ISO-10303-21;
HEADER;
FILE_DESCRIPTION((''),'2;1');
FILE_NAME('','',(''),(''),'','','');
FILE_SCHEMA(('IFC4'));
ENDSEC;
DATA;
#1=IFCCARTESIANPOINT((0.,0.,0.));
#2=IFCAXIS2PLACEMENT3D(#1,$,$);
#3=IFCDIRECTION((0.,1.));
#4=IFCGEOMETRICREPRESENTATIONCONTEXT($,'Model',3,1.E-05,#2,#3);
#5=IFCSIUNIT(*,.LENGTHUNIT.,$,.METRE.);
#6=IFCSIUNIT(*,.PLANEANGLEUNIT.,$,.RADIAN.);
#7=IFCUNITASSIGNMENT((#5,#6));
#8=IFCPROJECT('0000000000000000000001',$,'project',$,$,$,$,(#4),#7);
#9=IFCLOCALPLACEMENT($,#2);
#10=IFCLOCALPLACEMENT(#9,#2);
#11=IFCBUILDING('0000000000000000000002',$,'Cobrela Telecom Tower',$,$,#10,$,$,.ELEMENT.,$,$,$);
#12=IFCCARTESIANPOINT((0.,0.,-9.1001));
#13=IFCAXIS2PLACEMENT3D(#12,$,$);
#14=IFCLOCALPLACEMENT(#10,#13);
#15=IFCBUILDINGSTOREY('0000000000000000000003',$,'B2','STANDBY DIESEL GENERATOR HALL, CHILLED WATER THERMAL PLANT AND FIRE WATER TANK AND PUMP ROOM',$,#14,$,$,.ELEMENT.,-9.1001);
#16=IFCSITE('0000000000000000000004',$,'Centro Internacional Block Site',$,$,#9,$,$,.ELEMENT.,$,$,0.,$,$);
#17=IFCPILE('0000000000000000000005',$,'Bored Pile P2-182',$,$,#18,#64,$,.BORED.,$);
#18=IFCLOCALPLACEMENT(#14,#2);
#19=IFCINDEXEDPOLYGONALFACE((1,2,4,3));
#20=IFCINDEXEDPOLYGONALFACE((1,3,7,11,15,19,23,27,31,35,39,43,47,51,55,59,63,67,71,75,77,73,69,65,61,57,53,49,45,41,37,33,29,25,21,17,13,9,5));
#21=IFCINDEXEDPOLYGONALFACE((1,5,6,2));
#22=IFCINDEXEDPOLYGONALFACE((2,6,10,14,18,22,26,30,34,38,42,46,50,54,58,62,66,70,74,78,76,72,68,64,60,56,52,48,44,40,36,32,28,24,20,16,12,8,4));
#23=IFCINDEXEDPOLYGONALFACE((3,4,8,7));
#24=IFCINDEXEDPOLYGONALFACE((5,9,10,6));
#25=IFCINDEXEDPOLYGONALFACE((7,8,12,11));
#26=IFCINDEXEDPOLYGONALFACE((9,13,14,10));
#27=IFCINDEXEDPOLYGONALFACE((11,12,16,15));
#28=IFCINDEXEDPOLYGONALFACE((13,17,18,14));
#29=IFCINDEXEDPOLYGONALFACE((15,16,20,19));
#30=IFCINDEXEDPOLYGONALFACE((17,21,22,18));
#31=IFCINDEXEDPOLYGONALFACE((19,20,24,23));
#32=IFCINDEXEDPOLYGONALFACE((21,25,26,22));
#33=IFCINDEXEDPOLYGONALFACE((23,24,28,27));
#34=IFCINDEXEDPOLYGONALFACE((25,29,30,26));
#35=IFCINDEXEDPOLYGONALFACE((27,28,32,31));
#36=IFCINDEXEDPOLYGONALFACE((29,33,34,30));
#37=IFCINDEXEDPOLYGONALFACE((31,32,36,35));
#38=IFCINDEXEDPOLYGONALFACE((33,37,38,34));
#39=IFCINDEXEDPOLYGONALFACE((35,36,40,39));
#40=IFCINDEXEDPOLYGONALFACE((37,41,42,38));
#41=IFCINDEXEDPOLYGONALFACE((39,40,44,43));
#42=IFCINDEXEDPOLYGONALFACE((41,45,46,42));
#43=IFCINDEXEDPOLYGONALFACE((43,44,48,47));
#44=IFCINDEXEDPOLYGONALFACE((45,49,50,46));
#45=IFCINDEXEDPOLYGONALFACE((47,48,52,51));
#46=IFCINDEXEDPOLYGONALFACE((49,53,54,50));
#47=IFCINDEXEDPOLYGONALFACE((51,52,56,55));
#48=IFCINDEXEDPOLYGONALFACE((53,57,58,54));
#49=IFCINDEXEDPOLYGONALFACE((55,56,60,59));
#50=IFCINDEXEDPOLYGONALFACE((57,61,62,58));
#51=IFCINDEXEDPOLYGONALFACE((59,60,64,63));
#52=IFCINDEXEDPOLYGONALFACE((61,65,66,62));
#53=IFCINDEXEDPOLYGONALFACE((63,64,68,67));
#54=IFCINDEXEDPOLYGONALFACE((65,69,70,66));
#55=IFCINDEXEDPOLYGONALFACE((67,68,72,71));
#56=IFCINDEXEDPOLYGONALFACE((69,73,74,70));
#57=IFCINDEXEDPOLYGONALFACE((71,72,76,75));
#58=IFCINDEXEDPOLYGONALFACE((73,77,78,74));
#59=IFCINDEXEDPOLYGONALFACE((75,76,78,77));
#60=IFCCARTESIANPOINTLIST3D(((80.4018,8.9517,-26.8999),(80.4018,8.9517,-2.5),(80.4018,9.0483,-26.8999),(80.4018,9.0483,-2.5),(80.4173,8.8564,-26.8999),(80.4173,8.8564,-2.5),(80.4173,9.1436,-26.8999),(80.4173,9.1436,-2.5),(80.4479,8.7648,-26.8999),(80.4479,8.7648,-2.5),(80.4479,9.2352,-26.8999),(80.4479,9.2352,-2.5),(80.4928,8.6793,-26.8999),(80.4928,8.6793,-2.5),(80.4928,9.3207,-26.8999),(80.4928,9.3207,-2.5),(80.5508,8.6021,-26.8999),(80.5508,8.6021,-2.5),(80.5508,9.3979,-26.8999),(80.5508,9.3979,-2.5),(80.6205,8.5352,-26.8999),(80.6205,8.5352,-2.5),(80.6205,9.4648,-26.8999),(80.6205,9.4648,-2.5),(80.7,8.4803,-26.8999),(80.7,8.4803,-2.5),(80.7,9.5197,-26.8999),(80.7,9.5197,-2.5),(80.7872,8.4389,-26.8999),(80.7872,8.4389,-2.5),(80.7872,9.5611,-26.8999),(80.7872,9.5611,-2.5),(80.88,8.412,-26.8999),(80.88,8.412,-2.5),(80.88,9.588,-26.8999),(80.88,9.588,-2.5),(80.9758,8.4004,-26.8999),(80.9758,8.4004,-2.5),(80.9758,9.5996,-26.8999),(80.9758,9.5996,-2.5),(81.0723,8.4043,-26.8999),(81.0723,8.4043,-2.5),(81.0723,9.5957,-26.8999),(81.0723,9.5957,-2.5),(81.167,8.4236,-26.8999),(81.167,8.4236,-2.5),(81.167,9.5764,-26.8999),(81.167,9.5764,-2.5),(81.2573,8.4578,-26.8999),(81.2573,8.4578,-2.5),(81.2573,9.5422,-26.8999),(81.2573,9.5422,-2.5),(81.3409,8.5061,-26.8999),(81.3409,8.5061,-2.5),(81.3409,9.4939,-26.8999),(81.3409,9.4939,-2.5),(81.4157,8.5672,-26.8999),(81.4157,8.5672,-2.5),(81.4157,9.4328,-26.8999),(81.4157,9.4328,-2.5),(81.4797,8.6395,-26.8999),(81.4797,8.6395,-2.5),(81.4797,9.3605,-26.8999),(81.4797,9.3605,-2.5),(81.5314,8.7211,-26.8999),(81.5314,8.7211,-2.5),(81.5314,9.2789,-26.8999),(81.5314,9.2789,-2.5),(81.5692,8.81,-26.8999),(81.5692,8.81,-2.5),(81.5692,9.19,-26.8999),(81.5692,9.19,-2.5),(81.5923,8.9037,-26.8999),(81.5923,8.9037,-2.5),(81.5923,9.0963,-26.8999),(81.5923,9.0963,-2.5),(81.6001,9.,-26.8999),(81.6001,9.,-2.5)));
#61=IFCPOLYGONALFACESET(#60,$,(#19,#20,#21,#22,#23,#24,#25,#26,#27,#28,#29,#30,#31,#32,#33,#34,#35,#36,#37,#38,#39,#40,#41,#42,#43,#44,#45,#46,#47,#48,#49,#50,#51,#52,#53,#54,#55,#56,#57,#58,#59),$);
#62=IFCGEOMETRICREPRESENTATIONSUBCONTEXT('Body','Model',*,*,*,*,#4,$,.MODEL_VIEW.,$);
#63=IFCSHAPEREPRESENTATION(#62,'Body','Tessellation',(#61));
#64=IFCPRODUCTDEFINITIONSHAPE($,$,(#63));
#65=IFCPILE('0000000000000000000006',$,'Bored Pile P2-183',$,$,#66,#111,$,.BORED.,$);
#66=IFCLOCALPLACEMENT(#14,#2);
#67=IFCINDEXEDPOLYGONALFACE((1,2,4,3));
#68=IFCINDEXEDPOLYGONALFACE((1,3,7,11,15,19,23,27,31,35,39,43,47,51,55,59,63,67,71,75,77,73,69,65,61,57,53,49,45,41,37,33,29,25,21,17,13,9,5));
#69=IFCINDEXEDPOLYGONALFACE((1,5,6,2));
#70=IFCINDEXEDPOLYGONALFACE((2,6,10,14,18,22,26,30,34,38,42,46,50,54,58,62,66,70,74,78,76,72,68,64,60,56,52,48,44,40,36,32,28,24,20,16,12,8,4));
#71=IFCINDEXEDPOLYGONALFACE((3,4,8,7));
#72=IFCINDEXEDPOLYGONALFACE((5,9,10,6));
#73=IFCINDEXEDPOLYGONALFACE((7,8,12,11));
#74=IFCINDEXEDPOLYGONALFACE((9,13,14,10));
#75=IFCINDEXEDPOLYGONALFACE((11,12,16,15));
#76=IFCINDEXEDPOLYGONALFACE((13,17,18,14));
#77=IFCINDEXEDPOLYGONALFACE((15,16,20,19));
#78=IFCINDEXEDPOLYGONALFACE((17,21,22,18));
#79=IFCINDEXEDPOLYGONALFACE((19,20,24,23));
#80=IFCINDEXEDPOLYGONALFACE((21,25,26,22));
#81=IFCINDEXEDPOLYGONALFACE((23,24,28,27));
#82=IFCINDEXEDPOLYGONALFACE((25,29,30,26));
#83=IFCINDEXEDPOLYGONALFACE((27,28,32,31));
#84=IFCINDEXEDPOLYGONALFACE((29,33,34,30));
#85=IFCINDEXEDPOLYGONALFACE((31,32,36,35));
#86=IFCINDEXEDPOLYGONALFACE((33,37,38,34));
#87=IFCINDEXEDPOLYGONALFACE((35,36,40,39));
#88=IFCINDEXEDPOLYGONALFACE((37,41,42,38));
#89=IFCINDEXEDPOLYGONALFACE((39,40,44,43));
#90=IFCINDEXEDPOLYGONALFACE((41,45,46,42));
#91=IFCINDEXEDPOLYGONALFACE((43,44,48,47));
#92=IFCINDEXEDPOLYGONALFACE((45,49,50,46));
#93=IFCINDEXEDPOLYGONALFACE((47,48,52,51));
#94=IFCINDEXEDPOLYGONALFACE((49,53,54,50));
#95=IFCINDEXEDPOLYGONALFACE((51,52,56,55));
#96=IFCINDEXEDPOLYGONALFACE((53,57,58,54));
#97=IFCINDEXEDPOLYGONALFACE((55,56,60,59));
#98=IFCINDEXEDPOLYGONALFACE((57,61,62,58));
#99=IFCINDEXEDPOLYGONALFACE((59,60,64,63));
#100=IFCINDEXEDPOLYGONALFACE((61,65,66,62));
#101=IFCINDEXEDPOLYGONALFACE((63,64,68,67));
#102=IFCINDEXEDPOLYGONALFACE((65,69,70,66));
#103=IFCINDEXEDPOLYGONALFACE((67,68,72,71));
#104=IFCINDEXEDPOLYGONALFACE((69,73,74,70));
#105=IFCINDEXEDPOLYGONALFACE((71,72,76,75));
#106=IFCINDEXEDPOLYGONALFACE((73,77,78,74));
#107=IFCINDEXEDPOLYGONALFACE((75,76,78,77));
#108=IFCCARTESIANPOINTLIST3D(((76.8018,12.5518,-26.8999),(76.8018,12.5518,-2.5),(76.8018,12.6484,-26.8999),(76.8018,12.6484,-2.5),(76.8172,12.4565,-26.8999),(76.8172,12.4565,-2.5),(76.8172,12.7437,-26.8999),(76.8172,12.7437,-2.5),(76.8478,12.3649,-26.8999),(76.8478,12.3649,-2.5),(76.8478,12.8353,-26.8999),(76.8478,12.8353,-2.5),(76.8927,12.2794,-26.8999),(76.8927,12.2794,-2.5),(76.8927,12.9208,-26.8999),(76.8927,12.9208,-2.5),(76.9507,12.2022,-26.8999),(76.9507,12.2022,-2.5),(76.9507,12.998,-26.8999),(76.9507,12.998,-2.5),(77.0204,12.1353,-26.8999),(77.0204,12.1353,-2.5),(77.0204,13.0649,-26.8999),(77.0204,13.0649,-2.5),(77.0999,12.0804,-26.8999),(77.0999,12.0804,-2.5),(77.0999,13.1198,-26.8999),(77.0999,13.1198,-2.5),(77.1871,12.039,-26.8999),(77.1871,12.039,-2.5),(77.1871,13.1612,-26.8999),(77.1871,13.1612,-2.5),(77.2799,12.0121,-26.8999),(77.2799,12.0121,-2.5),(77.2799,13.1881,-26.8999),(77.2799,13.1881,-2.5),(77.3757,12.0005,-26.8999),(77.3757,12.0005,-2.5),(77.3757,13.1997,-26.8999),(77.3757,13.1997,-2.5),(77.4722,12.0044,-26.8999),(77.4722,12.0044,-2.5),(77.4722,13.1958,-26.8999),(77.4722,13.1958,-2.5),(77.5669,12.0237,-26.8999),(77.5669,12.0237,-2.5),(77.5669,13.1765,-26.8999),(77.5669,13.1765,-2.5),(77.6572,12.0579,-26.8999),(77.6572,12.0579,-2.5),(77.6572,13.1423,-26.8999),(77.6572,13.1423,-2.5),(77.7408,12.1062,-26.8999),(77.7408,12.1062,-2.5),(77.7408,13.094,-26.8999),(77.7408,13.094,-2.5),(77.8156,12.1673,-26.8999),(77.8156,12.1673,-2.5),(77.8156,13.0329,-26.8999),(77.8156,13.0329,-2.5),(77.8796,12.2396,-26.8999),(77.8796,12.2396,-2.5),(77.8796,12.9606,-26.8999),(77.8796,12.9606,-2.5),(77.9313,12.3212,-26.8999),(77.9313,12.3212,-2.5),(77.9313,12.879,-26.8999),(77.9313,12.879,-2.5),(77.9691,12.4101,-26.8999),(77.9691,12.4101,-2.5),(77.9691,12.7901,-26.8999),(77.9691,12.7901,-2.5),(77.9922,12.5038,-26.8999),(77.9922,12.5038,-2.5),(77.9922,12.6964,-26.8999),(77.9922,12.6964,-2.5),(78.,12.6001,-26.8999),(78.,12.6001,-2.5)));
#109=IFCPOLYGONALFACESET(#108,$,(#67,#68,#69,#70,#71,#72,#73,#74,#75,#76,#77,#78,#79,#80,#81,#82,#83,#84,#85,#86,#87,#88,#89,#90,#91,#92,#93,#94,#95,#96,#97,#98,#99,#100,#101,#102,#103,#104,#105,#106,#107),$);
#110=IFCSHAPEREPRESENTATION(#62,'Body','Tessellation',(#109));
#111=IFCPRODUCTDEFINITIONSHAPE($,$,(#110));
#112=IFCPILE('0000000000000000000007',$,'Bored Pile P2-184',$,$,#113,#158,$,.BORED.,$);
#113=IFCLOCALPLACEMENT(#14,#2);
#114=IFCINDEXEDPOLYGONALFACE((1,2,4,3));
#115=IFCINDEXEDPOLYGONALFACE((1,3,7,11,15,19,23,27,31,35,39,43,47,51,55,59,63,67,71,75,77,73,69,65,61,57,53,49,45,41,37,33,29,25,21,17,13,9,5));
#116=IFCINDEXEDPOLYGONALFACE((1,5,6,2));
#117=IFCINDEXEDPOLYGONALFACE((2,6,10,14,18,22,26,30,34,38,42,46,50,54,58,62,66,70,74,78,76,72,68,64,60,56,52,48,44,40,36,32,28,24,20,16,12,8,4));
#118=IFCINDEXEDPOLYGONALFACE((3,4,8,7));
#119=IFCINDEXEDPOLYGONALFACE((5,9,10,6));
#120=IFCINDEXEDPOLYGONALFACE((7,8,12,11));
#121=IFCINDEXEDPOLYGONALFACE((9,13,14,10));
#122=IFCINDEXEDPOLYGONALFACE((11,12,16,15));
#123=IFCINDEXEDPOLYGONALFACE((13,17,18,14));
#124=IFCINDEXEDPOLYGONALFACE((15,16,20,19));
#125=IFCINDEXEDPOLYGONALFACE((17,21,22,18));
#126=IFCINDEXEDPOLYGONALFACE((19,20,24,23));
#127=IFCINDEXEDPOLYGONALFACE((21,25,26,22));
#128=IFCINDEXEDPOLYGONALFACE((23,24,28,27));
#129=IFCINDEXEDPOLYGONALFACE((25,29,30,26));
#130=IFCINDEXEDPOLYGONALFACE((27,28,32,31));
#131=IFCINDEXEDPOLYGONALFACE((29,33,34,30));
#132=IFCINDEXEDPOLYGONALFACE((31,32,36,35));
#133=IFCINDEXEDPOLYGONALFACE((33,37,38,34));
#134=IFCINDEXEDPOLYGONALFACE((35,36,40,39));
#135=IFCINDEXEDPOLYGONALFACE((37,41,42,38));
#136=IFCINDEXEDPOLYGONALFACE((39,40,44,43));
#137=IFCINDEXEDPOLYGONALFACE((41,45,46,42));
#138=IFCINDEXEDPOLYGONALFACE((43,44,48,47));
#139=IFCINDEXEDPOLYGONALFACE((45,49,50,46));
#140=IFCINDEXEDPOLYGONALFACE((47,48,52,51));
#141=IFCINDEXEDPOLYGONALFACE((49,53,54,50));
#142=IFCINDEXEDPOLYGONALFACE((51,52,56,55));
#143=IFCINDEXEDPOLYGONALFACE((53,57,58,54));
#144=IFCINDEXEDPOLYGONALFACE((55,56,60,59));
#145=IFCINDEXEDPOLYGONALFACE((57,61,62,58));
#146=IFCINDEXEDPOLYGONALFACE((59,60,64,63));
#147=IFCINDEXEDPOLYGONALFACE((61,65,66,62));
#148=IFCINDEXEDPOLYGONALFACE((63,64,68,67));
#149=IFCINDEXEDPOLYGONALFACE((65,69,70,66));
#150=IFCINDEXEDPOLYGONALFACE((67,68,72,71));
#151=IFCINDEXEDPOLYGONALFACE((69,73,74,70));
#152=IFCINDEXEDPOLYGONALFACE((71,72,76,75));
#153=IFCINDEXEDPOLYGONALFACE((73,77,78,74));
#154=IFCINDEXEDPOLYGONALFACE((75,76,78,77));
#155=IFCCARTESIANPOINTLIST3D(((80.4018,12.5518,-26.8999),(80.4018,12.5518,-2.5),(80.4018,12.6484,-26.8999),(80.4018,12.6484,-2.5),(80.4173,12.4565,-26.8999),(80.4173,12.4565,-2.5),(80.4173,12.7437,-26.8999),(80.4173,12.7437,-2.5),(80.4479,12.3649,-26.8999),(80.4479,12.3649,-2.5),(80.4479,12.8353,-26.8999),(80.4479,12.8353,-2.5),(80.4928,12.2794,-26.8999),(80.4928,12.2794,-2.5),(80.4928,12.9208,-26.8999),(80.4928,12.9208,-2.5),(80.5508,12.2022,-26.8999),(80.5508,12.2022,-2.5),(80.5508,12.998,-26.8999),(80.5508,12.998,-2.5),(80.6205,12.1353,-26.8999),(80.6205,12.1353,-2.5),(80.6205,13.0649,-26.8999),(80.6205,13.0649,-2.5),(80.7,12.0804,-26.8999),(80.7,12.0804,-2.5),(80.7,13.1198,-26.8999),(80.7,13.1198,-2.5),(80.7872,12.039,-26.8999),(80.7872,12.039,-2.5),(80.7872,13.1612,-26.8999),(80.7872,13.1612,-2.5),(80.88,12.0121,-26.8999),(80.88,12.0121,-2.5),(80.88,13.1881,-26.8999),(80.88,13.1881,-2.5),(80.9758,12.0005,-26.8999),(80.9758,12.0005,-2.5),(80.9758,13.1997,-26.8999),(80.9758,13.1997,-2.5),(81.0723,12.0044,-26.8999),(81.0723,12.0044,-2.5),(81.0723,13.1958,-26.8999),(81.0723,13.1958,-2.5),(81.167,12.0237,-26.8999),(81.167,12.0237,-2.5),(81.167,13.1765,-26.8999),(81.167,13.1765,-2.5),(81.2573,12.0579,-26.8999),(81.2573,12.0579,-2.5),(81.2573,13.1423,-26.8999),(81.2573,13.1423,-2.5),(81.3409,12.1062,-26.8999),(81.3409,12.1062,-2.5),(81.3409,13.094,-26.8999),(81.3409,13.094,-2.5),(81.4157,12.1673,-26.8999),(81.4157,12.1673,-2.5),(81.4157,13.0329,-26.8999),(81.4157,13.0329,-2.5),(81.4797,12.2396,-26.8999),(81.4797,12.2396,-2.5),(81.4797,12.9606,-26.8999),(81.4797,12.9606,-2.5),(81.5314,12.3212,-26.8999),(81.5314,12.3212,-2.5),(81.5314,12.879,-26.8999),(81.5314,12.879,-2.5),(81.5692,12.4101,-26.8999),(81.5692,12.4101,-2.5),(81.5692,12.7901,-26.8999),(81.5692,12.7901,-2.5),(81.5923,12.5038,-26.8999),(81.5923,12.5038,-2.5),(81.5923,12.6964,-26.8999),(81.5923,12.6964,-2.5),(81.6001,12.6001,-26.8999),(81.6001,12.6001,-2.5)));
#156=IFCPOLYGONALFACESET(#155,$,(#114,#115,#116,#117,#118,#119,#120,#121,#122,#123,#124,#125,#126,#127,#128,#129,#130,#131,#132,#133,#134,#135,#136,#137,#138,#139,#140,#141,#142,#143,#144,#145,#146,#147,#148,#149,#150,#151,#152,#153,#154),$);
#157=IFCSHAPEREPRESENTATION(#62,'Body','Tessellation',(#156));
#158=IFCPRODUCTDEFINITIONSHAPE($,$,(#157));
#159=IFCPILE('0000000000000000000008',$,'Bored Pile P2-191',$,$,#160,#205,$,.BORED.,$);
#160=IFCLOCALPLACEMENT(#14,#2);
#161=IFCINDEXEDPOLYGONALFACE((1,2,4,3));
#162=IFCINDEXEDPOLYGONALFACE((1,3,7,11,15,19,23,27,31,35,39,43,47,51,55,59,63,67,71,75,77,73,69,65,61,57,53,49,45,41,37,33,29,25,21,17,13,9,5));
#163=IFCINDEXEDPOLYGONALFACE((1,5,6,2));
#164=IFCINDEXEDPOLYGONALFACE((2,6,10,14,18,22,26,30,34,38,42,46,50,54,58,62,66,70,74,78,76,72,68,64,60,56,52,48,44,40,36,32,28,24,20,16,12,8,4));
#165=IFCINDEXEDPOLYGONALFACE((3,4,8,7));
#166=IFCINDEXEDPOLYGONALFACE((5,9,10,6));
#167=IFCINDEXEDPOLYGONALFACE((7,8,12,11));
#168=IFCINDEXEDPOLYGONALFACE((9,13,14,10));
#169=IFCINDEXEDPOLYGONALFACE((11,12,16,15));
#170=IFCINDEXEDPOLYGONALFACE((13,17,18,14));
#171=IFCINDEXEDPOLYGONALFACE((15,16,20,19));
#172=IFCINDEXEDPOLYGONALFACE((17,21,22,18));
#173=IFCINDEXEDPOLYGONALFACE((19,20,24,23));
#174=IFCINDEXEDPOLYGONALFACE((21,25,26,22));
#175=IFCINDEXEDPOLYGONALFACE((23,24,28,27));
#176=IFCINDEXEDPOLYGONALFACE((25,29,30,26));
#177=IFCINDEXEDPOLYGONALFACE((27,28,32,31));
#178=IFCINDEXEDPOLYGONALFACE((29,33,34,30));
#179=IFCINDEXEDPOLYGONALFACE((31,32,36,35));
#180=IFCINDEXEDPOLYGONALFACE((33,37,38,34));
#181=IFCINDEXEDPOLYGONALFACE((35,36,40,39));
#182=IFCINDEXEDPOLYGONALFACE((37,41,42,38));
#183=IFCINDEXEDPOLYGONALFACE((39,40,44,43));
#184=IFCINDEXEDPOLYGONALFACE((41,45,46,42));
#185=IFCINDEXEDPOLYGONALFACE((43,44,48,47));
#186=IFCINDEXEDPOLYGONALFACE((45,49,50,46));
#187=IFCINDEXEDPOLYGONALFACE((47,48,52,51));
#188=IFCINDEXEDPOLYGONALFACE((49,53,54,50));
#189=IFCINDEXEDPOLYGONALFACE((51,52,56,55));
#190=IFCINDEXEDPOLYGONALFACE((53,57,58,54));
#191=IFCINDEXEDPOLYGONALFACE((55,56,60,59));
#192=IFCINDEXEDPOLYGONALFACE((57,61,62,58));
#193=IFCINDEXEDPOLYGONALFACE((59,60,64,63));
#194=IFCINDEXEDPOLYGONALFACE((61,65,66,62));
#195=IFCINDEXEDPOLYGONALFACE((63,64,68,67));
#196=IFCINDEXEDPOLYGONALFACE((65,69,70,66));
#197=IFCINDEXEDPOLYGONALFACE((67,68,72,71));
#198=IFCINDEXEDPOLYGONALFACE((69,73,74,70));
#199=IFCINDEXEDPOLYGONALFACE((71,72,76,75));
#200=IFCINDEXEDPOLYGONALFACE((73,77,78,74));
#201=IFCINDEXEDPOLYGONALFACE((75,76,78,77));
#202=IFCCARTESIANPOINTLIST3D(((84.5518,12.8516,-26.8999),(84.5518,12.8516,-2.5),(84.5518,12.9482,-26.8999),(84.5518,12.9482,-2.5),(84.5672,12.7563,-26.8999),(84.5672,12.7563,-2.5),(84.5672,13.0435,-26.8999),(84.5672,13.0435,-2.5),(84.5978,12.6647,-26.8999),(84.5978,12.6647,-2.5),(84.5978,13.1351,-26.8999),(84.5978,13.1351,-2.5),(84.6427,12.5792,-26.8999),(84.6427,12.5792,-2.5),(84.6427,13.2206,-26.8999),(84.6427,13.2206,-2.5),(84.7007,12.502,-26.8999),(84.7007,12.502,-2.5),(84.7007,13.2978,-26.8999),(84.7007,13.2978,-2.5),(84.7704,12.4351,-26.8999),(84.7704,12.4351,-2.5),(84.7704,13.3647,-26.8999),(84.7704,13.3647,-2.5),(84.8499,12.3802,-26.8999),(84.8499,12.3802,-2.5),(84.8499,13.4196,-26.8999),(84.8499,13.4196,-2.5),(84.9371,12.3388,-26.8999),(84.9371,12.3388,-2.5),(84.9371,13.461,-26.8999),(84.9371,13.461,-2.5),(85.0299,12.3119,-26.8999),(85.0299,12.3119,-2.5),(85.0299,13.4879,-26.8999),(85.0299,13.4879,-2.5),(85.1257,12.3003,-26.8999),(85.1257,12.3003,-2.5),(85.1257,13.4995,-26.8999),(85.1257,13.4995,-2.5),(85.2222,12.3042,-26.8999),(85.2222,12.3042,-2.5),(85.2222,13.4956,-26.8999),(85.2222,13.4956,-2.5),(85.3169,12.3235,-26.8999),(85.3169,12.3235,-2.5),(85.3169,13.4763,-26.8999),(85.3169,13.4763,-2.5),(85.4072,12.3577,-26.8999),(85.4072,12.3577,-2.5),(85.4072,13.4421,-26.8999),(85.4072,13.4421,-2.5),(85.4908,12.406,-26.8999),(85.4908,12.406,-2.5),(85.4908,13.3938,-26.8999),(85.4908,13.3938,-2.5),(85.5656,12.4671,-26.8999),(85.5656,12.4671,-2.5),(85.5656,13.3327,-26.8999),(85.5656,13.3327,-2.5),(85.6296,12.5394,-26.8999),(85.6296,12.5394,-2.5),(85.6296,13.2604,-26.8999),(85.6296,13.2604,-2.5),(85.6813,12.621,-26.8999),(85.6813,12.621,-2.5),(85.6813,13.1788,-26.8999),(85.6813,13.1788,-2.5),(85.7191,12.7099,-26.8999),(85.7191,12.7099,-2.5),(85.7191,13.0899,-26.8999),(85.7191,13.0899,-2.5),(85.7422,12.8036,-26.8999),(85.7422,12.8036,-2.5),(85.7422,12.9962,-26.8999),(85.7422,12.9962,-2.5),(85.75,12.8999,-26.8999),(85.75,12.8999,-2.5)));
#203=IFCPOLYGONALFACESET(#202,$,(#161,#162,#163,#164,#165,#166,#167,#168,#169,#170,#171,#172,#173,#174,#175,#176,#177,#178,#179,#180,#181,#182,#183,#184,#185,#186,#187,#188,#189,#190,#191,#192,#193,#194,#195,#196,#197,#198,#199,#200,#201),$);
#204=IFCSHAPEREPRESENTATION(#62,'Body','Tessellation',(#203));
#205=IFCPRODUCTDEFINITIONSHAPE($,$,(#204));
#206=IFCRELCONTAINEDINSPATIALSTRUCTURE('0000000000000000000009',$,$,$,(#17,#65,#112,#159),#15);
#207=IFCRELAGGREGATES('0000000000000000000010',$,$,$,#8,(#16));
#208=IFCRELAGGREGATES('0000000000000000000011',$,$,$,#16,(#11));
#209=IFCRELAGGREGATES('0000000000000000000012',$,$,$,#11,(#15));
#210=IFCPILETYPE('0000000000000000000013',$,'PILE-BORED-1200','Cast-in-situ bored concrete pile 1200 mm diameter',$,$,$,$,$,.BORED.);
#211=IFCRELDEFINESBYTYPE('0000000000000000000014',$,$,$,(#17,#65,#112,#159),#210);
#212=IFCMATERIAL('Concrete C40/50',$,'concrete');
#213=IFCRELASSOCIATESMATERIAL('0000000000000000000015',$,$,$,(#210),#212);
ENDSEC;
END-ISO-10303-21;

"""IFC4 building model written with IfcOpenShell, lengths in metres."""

from ifc_helpers import new_model, si_unit, direction, frame, origin, origin_2d, place, context, subcontext, project, spatial, circle, extrude, material, material_profile, profile_set, type_object, element, save


model = new_model("IFC4")

# Units and contexts
model_context = context("Model", 3, precision=1e-05, world=origin(), true_north=direction((0.0, 1.0)))
body_context = subcontext(model_context, "Body", "Model", "MODEL_VIEW")
ifc_project = project(units=[si_unit("LENGTHUNIT", "METRE"), si_unit("PLANEANGLEUNIT", "RADIAN")], contexts=[model_context])

# Site, building, storey
site_placement = place(None, origin())
site = spatial("IfcSite", under=ifc_project, at=site_placement, Name="Centro Internacional Block Site", CompositionType="ELEMENT", RefElevation=0.0)
building_placement = place(site_placement, origin())
building = spatial("IfcBuilding", under=site, at=building_placement, Name="Cobrela Telecom Tower", CompositionType="ELEMENT")
storey_placement = place(building_placement, frame((0.0, 0.0, -9.1001)))
storey = spatial("IfcBuildingStorey", under=building, at=storey_placement, Name="B2", Description="STANDBY DIESEL GENERATOR HALL, CHILLED WATER THERMAL PLANT AND FIRE WATER TANK AND PUMP ROOM", CompositionType="ELEMENT", Elevation=-9.1001)

# Shared definitions
ifc_material_1 = material(Name="Concrete C40/50", Category="concrete")

# Piles
ifc_material_profile_1 = material_profile(ifc_material_1, circle(Radius=0.6001, at=origin_2d()), Name="BORED PILE D1200")
ifc_profile_set_1 = profile_set([ifc_material_profile_1], Name="Concrete C40/50")
pile_type = type_object("IfcPileType", Name="PILE-BORED-1200", Description="Cast-in-situ bored concrete pile 1200 mm diameter", PredefinedType="BORED", material=ifc_profile_set_1)
for number, where, z_axis, x_axis, name in (
    (1, (81.0, 9.0, -2.5), (0.0, 0.0, -1.0), (1.0, 0.0, 0.0), "Bored Pile P2-182"),
    (2, (77.3999, 12.6001, -2.5), (0.0, 0.0, -1.0), (1.0, 0.0, 0.0), "Bored Pile P2-183"),
    (3, (81.0, 12.6001, -2.5), (0.0, 0.0, -1.0), (1.0, 0.0, 0.0), "Bored Pile P2-184"),
    (4, (85.1499, 12.8999, -2.5), (0.0, 0.0, -1.0), (1.0, 0.0, 0.0), "Bored Pile P2-191"),
):
    element("IfcPile", number, at=place(storey_placement, frame(where, z_axis=z_axis, x_axis=x_axis)), inside=storey, type_object=pile_type, Name=name, PredefinedType="BORED", context=body_context, shape_type="SweptSolid", body=[
        extrude(circle(Radius=0.6001, at=origin_2d()), origin(), (0.0, 0.0, 1.0), 24.3999),
    ])

save(model, "model.ifc")
